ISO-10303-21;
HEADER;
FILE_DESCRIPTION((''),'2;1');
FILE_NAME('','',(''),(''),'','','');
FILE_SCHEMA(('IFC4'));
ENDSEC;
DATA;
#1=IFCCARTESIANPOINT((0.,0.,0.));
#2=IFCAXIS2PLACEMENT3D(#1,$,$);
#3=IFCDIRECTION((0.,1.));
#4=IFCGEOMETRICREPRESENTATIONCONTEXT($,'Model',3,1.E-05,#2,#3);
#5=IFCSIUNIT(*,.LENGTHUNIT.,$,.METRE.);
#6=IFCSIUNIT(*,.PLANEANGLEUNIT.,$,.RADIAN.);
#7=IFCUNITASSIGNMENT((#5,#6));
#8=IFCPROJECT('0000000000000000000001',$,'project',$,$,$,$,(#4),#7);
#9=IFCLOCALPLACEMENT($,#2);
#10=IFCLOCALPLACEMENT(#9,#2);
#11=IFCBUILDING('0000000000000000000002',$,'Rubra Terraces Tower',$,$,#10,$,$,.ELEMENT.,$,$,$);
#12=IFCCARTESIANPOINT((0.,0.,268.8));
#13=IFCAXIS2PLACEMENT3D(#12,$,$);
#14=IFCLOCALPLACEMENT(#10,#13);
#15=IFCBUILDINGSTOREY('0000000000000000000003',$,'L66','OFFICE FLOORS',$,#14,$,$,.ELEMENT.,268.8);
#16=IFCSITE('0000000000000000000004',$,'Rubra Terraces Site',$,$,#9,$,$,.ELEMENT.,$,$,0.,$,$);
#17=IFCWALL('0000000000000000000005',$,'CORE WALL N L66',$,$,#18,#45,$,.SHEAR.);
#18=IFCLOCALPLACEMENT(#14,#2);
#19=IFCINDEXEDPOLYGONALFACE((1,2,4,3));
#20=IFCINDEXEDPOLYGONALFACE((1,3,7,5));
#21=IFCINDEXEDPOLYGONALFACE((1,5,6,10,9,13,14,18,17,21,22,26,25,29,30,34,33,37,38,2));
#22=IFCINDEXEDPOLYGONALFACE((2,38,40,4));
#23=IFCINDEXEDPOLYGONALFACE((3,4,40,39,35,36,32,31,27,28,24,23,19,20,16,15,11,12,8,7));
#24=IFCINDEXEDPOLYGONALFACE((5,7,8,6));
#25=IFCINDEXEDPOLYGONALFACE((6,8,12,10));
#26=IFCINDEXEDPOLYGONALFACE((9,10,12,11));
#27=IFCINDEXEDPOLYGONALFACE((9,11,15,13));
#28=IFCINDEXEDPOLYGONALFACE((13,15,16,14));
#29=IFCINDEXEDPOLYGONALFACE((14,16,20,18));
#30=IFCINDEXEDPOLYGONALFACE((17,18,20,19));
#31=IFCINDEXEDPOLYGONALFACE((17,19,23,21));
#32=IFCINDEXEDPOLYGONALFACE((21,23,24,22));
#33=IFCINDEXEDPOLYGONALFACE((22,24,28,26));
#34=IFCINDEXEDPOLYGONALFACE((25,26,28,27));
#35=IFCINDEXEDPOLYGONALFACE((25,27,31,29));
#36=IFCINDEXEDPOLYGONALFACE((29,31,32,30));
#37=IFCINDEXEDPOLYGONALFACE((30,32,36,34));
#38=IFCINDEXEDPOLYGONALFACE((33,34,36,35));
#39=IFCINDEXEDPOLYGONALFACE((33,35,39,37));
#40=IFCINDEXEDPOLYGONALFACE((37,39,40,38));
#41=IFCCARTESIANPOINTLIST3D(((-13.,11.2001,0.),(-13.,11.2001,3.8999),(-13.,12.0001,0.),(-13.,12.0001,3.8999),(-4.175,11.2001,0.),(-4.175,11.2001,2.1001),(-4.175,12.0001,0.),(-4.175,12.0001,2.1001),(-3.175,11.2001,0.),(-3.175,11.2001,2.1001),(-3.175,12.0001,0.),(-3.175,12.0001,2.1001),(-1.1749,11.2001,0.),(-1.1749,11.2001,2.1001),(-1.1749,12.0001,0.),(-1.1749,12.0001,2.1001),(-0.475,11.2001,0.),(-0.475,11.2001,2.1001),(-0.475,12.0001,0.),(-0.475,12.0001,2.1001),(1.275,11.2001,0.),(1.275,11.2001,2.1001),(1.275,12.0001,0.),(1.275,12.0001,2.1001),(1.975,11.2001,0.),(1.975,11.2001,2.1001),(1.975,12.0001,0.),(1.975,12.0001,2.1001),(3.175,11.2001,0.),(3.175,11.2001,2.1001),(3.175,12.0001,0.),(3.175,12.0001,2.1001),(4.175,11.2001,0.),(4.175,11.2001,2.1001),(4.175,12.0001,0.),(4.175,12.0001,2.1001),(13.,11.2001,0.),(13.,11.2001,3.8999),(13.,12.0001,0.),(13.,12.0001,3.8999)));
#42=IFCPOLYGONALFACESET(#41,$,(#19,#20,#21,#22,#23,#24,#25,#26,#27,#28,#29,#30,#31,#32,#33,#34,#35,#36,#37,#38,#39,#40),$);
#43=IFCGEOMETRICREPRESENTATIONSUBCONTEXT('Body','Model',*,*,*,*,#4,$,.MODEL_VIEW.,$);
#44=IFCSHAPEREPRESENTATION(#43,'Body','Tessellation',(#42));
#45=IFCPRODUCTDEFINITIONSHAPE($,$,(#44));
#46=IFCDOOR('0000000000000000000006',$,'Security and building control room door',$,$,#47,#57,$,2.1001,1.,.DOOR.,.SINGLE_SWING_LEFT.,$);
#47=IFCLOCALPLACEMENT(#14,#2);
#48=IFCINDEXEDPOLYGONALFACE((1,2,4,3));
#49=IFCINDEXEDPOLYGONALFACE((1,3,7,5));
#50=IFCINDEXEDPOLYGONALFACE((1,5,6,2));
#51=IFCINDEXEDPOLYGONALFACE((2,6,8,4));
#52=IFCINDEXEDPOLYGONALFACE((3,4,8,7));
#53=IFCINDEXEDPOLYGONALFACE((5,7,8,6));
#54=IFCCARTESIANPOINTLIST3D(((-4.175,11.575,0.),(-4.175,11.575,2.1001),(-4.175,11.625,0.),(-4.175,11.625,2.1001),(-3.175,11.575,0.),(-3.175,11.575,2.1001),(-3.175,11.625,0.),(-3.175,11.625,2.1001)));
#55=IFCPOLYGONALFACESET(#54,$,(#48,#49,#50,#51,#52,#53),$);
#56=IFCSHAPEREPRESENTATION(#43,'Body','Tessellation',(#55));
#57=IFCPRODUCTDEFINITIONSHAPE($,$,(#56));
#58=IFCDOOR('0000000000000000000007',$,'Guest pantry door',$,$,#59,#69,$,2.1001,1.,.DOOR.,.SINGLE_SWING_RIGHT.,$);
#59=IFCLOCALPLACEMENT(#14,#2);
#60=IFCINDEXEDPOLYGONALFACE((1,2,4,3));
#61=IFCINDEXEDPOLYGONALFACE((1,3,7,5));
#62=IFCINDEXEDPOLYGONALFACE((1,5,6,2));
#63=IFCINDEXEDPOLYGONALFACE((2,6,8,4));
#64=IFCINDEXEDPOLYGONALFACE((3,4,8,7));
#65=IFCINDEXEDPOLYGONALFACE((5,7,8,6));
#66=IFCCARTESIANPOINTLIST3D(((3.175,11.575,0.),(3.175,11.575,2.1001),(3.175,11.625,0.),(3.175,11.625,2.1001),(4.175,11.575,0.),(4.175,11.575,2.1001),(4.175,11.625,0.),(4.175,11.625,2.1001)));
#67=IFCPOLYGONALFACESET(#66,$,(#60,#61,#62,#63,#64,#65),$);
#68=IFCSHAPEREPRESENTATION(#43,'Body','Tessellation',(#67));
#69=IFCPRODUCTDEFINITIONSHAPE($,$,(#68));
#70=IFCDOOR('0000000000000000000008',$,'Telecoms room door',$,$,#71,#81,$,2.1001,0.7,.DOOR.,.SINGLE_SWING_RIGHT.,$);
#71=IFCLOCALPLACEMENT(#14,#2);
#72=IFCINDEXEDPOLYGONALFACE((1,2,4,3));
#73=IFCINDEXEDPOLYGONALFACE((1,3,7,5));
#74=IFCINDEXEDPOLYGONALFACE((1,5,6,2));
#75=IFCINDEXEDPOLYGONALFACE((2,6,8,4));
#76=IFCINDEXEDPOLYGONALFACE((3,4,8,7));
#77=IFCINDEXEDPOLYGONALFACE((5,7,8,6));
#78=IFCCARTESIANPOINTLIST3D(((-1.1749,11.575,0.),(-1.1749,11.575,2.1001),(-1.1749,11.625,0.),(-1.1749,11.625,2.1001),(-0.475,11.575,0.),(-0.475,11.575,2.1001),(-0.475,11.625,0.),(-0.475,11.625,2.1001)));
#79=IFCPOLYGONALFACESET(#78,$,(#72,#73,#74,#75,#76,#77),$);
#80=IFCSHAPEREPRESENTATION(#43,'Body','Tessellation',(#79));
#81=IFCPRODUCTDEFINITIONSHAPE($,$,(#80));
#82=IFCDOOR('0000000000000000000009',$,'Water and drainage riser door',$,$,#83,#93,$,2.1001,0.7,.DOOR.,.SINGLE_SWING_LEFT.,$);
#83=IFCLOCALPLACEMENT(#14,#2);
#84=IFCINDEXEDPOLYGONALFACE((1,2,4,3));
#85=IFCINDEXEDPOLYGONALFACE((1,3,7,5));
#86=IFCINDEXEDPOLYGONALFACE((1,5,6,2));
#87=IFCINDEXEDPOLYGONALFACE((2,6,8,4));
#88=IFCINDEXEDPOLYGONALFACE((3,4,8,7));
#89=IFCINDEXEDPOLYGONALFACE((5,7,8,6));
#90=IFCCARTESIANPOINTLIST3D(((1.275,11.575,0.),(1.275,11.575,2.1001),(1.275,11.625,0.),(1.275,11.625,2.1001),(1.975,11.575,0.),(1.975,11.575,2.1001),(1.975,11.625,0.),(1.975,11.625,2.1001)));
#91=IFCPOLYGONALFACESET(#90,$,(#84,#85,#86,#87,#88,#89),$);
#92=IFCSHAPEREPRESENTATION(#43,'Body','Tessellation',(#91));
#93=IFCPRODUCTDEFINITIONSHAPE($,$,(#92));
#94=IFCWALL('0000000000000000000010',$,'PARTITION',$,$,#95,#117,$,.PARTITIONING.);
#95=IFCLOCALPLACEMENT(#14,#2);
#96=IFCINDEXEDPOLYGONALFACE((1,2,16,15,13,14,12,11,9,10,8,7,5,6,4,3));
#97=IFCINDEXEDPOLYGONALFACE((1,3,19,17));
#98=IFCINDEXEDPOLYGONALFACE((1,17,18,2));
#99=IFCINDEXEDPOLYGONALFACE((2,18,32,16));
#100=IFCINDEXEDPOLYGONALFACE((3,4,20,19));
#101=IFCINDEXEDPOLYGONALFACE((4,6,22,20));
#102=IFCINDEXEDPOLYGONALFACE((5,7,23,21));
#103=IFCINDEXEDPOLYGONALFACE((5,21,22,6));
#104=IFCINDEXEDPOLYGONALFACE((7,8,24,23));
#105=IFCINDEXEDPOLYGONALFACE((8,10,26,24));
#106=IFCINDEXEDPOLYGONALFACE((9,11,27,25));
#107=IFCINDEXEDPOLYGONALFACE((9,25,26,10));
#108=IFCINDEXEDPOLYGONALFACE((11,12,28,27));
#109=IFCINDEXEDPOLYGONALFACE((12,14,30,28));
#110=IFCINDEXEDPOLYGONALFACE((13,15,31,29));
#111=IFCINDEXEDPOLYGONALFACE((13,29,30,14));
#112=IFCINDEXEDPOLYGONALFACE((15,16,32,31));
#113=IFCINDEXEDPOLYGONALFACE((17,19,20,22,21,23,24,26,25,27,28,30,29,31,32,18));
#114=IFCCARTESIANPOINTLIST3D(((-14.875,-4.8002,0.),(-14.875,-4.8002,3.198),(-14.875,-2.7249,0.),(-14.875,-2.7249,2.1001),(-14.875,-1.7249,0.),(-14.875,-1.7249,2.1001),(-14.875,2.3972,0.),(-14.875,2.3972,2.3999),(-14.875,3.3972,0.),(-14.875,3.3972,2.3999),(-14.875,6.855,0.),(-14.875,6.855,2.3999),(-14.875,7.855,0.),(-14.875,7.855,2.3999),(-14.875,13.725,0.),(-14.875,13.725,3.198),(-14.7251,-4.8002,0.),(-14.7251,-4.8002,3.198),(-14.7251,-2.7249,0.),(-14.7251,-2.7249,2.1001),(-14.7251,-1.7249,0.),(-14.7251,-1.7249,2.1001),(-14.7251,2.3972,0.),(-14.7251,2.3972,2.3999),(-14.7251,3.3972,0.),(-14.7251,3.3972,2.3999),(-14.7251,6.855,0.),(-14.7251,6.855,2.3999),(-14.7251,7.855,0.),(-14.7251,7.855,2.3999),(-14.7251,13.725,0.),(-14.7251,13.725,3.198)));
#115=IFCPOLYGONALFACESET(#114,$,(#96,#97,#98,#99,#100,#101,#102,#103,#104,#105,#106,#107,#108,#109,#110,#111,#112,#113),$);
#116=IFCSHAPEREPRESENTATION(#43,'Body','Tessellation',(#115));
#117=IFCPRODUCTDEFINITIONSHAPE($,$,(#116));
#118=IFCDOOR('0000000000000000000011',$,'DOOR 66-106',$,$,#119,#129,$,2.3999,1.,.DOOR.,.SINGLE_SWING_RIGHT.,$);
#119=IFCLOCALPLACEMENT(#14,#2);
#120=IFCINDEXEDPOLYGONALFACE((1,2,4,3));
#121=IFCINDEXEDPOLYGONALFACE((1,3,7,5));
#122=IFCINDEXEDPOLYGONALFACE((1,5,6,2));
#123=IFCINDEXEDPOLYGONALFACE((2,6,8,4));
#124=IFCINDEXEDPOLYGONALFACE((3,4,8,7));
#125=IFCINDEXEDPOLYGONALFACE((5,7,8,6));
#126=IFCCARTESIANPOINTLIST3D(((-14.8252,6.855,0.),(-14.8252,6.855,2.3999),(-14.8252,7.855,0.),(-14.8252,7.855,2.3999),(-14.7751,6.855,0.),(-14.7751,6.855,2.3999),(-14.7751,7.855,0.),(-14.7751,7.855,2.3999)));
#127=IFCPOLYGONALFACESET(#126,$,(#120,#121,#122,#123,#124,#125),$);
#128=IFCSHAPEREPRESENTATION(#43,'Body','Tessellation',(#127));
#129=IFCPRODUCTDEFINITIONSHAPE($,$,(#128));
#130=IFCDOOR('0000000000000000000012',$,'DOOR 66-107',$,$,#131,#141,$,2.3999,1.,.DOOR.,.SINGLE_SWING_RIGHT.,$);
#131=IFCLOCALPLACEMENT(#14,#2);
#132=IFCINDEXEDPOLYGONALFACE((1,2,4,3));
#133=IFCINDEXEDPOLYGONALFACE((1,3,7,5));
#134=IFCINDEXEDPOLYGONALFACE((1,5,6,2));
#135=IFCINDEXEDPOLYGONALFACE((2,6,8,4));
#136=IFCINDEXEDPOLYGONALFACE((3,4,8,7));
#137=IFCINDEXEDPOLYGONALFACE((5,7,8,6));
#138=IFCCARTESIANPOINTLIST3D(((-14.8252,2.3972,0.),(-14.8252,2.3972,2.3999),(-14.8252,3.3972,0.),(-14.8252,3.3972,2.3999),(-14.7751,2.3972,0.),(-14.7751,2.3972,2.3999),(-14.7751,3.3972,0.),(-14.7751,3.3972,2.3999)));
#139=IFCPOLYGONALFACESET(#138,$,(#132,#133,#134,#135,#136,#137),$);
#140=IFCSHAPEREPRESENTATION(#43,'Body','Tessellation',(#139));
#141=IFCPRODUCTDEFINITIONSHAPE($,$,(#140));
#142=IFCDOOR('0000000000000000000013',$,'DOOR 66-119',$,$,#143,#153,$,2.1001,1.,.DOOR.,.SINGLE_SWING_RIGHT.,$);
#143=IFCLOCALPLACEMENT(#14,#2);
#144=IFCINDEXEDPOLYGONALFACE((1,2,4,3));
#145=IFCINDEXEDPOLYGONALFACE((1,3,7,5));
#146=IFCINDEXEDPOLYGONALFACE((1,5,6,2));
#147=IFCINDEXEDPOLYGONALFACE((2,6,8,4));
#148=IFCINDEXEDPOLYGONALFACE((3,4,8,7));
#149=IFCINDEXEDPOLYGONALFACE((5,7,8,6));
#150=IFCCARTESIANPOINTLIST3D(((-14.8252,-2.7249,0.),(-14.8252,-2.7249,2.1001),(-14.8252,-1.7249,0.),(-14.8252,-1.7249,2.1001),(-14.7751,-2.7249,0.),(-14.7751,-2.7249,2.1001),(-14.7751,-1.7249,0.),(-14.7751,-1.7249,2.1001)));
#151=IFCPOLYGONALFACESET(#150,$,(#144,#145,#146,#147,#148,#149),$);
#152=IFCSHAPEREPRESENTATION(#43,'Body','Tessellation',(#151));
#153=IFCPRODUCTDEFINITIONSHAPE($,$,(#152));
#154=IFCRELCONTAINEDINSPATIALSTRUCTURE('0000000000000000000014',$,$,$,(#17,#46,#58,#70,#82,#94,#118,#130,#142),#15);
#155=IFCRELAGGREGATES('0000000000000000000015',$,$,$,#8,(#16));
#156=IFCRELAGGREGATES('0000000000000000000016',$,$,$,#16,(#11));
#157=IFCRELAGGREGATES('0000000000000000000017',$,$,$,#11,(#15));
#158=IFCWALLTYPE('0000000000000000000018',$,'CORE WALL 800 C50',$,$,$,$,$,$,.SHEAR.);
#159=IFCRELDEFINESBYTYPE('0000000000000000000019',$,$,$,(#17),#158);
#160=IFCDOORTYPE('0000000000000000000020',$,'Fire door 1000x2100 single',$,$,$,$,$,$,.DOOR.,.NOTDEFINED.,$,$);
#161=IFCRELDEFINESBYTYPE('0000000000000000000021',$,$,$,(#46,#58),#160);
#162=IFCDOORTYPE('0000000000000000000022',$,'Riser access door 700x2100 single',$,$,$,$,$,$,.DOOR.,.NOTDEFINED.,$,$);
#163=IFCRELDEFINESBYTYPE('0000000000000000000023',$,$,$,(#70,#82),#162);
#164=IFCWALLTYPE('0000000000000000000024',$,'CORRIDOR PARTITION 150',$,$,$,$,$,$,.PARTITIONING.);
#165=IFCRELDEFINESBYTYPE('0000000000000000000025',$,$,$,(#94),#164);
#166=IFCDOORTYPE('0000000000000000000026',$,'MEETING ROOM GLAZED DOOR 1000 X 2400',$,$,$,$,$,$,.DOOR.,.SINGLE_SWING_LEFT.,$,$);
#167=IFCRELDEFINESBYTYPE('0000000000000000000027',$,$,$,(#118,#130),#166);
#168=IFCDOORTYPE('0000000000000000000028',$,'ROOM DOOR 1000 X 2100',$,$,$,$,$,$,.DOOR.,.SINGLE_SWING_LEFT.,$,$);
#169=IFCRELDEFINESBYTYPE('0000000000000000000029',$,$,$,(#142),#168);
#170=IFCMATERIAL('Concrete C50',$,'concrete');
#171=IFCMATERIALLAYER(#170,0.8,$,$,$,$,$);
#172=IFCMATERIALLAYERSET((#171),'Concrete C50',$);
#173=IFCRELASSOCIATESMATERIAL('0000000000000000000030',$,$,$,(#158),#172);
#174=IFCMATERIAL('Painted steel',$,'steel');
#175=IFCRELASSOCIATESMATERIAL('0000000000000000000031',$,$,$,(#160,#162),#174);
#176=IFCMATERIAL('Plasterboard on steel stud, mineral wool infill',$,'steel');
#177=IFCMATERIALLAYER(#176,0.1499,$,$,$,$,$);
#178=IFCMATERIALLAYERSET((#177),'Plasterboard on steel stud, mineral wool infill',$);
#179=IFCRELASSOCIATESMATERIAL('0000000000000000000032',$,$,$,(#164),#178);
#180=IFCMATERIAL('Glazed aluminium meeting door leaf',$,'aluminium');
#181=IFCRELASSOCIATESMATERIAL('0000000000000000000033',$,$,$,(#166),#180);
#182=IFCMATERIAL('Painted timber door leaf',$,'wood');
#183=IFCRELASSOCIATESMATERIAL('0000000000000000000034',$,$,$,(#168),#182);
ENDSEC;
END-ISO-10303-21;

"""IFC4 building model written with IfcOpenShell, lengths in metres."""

from ifc_helpers import new_model, si_unit, direction, frame, frame_2d, origin, place, context, subcontext, project, spatial, rectangle, extrude, material, layer, layer_set, type_object, element, fill, save


model = new_model("IFC4")

# Units and contexts
model_context = context("Model", 3, precision=1e-05, world=origin(), true_north=direction((0.0, 1.0)))
body_context = subcontext(model_context, "Body", "Model", "MODEL_VIEW")
ifc_project = project(units=[si_unit("LENGTHUNIT", "METRE"), si_unit("PLANEANGLEUNIT", "RADIAN")], contexts=[model_context])

# Site, building, storey
site_placement = place(None, origin())
site = spatial("IfcSite", under=ifc_project, at=site_placement, Name="Rubra Terraces Site", CompositionType="ELEMENT", RefElevation=0.0)
building_placement = place(site_placement, origin())
building = spatial("IfcBuilding", under=site, at=building_placement, Name="Rubra Terraces Tower", CompositionType="ELEMENT")
storey_placement = place(building_placement, frame((0.0, 0.0, 268.8)))
storey = spatial("IfcBuildingStorey", under=building, at=storey_placement, Name="L66", Description="OFFICE FLOORS", CompositionType="ELEMENT", Elevation=268.8)

# Shared definitions
ifc_material_1 = material(Name="Concrete C50", Category="concrete")

# Walls, openings, doors
ifc_layer_1 = layer(ifc_material_1, 0.8)
ifc_layer_set_1 = layer_set([ifc_layer_1], Name="Concrete C50")
wall_type_1 = type_object("IfcWallType", Name="CORE WALL 800 C50", PredefinedType="SHEAR", material=ifc_layer_set_1)
wall_1_placement = place(storey_placement, frame((-13.0, 11.6001, 0.0), z_axis=(0.0, 0.0, 1.0), x_axis=(1.0, 0.0, 0.0)))
wall_1 = element("IfcWall", 1, at=wall_1_placement, inside=storey, type_object=wall_type_1, Name="CORE WALL N L66", PredefinedType="SHEAR", context=body_context, shape_type="SweptSolid", body=[
    extrude(rectangle(XDim=26.0, YDim=0.8, at=frame_2d((13.0, 0.0))), origin(), (0.0, 0.0, 1.0), 3.8999),
])
opening_1_placement = place(wall_1_placement, frame((8.825, 0.0, 0.0)))
opening_1 = element("IfcOpeningElement", 2, at=opening_1_placement, cuts=wall_1, PredefinedType="OPENING", context=body_context, shape_type="SweptSolid", body=[
    extrude(rectangle(XDim=1.0, YDim=2.1001, at=frame_2d((0.5, 1.05))), frame((0.0, 0.4099, 0.0), z_axis=(0.0, -1.0, 0.0), x_axis=(1.0, 0.0, 0.0)), (0.0, 0.0, 1.0), 0.8201),
])
opening_2_placement = place(wall_1_placement, frame((11.825, 0.0, 0.0)))
opening_2 = element("IfcOpeningElement", 3, at=opening_2_placement, cuts=wall_1, PredefinedType="OPENING", context=body_context, shape_type="SweptSolid", body=[
    extrude(rectangle(XDim=0.7, YDim=2.1001, at=frame_2d((0.3501, 1.05))), frame((0.0, 0.4099, 0.0), z_axis=(0.0, -1.0, 0.0), x_axis=(1.0, 0.0, 0.0)), (0.0, 0.0, 1.0), 0.8201),
])
opening_3_placement = place(wall_1_placement, frame((14.2749, 0.0, 0.0)))
opening_3 = element("IfcOpeningElement", 4, at=opening_3_placement, cuts=wall_1, PredefinedType="OPENING", context=body_context, shape_type="SweptSolid", body=[
    extrude(rectangle(XDim=0.7, YDim=2.1001, at=frame_2d((0.3501, 1.05))), frame((0.0, 0.4099, 0.0), z_axis=(0.0, -1.0, 0.0), x_axis=(1.0, 0.0, 0.0)), (0.0, 0.0, 1.0), 0.8201),
])
opening_4_placement = place(wall_1_placement, frame((16.175, 0.0, 0.0)))
opening_4 = element("IfcOpeningElement", 5, at=opening_4_placement, cuts=wall_1, PredefinedType="OPENING", context=body_context, shape_type="SweptSolid", body=[
    extrude(rectangle(XDim=1.0, YDim=2.1001, at=frame_2d((0.5, 1.05))), frame((0.0, 0.4099, 0.0), z_axis=(0.0, -1.0, 0.0), x_axis=(1.0, 0.0, 0.0)), (0.0, 0.0, 1.0), 0.8201),
])
ifc_material_2 = material(Name="Painted steel", Category="steel")
door_type_1 = type_object("IfcDoorType", Name="Fire door 1000x2100 single", OperationType="NOTDEFINED", PredefinedType="DOOR", material=ifc_material_2)
door_1_placement = place(opening_1_placement, origin())
door_1 = element("IfcDoor", 6, at=door_1_placement, inside=storey, type_object=door_type_1, Name="Security and building control room door", OperationType="SINGLE_SWING_LEFT", OverallHeight=2.1001, OverallWidth=1.0, PredefinedType="DOOR", context=body_context, shape_type="SweptSolid", body=[
    extrude(rectangle(XDim=1.0, YDim=2.1001, at=frame_2d((0.5, 1.05))), frame((0.0, 0.0249, 0.0), z_axis=(0.0, -1.0, 0.0), x_axis=(1.0, 0.0, 0.0)), (0.0, 0.0, 1.0), 0.05),
])
fill(opening_1, door_1)
door_2_placement = place(opening_4_placement, origin())
door_2 = element("IfcDoor", 7, at=door_2_placement, inside=storey, type_object=door_type_1, Name="Guest pantry door", OperationType="SINGLE_SWING_RIGHT", OverallHeight=2.1001, OverallWidth=1.0, PredefinedType="DOOR", context=body_context, shape_type="SweptSolid", body=[
    extrude(rectangle(XDim=1.0, YDim=2.1001, at=frame_2d((0.5, 1.05))), frame((0.0, 0.0249, 0.0), z_axis=(0.0, -1.0, 0.0), x_axis=(1.0, 0.0, 0.0)), (0.0, 0.0, 1.0), 0.05),
])
fill(opening_4, door_2)
door_type_2 = type_object("IfcDoorType", Name="Riser access door 700x2100 single", OperationType="NOTDEFINED", PredefinedType="DOOR", material=ifc_material_2)
door_3_placement = place(opening_2_placement, origin())
door_3 = element("IfcDoor", 8, at=door_3_placement, inside=storey, type_object=door_type_2, Name="Telecoms room door", OperationType="SINGLE_SWING_RIGHT", OverallHeight=2.1001, OverallWidth=0.7, PredefinedType="DOOR", context=body_context, shape_type="SweptSolid", body=[
    extrude(rectangle(XDim=0.7, YDim=2.1001, at=frame_2d((0.3501, 1.05))), frame((0.0, 0.0249, 0.0), z_axis=(0.0, -1.0, 0.0), x_axis=(1.0, 0.0, 0.0)), (0.0, 0.0, 1.0), 0.05),
])
fill(opening_2, door_3)
door_4_placement = place(opening_3_placement, origin())
door_4 = element("IfcDoor", 9, at=door_4_placement, inside=storey, type_object=door_type_2, Name="Water and drainage riser door", OperationType="SINGLE_SWING_LEFT", OverallHeight=2.1001, OverallWidth=0.7, PredefinedType="DOOR", context=body_context, shape_type="SweptSolid", body=[
    extrude(rectangle(XDim=0.7, YDim=2.1001, at=frame_2d((0.3501, 1.05))), frame((0.0, 0.0249, 0.0), z_axis=(0.0, -1.0, 0.0), x_axis=(1.0, 0.0, 0.0)), (0.0, 0.0, 1.0), 0.05),
])
fill(opening_3, door_4)
ifc_material_3 = material(Name="Plasterboard on steel stud, mineral wool infill", Category="steel")
ifc_layer_2 = layer(ifc_material_3, 0.1499)
ifc_layer_set_2 = layer_set([ifc_layer_2], Name="Plasterboard on steel stud, mineral wool infill")
wall_type_2 = type_object("IfcWallType", Name="CORRIDOR PARTITION 150", PredefinedType="PARTITIONING", material=ifc_layer_set_2)
wall_2_placement = place(storey_placement, frame((-14.8, 13.7251, 0.0), z_axis=(0.0, 0.0, 1.0), x_axis=(0.0, -1.0, 0.0)))
wall_2 = element("IfcWall", 10, at=wall_2_placement, inside=storey, type_object=wall_type_2, Name="PARTITION", PredefinedType="PARTITIONING", context=body_context, shape_type="SweptSolid", body=[
    extrude(rectangle(XDim=18.5251, YDim=0.1499, at=frame_2d((9.2627, 0.0))), origin(), (0.0, 0.0, 1.0), 3.198),
])
opening_5_placement = place(wall_2_placement, frame((5.8701, 0.0, 0.0)))
opening_5 = element("IfcOpeningElement", 11, at=opening_5_placement, cuts=wall_2, PredefinedType="OPENING", context=body_context, shape_type="SweptSolid", body=[
    extrude(rectangle(XDim=1.0, YDim=2.3999, at=frame_2d((0.5, 1.2))), frame((0.0, 0.085, 0.0), z_axis=(0.0, -1.0, 0.0), x_axis=(1.0, 0.0, 0.0)), (0.0, 0.0, 1.0), 0.1699),
])
opening_6_placement = place(wall_2_placement, frame((10.3279, 0.0, 0.0)))
opening_6 = element("IfcOpeningElement", 12, at=opening_6_placement, cuts=wall_2, PredefinedType="OPENING", context=body_context, shape_type="SweptSolid", body=[
    extrude(rectangle(XDim=1.0, YDim=2.3999, at=frame_2d((0.5, 1.2))), frame((0.0, 0.085, 0.0), z_axis=(0.0, -1.0, 0.0), x_axis=(1.0, 0.0, 0.0)), (0.0, 0.0, 1.0), 0.1699),
])
opening_7_placement = place(wall_2_placement, frame((15.45, 0.0, 0.0)))
opening_7 = element("IfcOpeningElement", 13, at=opening_7_placement, cuts=wall_2, PredefinedType="OPENING", context=body_context, shape_type="SweptSolid", body=[
    extrude(rectangle(XDim=1.0, YDim=2.1001, at=frame_2d((0.5, 1.05))), frame((0.0, 0.085, 0.0), z_axis=(0.0, -1.0, 0.0), x_axis=(1.0, 0.0, 0.0)), (0.0, 0.0, 1.0), 0.1699),
])
ifc_material_4 = material(Name="Glazed aluminium meeting door leaf", Category="aluminium")
door_type_3 = type_object("IfcDoorType", Name="MEETING ROOM GLAZED DOOR 1000 X 2400", OperationType="SINGLE_SWING_LEFT", PredefinedType="DOOR", material=ifc_material_4)
door_5_placement = place(opening_5_placement, origin())
door_5 = element("IfcDoor", 14, at=door_5_placement, inside=storey, type_object=door_type_3, Name="DOOR 66-106", OperationType="SINGLE_SWING_RIGHT", OverallHeight=2.3999, OverallWidth=1.0, PredefinedType="DOOR", context=body_context, shape_type="SweptSolid", body=[
    extrude(rectangle(XDim=1.0, YDim=2.3999, at=frame_2d((0.5, 1.2))), frame((0.0, 0.0249, 0.0), z_axis=(0.0, -1.0, 0.0), x_axis=(1.0, 0.0, 0.0)), (0.0, 0.0, 1.0), 0.05),
])
fill(opening_5, door_5)
door_6_placement = place(opening_6_placement, origin())
door_6 = element("IfcDoor", 15, at=door_6_placement, inside=storey, type_object=door_type_3, Name="DOOR 66-107", OperationType="SINGLE_SWING_RIGHT", OverallHeight=2.3999, OverallWidth=1.0, PredefinedType="DOOR", context=body_context, shape_type="SweptSolid", body=[
    extrude(rectangle(XDim=1.0, YDim=2.3999, at=frame_2d((0.5, 1.2))), frame((0.0, 0.0249, 0.0), z_axis=(0.0, -1.0, 0.0), x_axis=(1.0, 0.0, 0.0)), (0.0, 0.0, 1.0), 0.05),
])
fill(opening_6, door_6)
ifc_material_5 = material(Name="Painted timber door leaf", Category="wood")
door_type_4 = type_object("IfcDoorType", Name="ROOM DOOR 1000 X 2100", OperationType="SINGLE_SWING_LEFT", PredefinedType="DOOR", material=ifc_material_5)
door_7_placement = place(opening_7_placement, origin())
door_7 = element("IfcDoor", 16, at=door_7_placement, inside=storey, type_object=door_type_4, Name="DOOR 66-119", OperationType="SINGLE_SWING_RIGHT", OverallHeight=2.1001, OverallWidth=1.0, PredefinedType="DOOR", context=body_context, shape_type="SweptSolid", body=[
    extrude(rectangle(XDim=1.0, YDim=2.1001, at=frame_2d((0.5, 1.05))), frame((0.0, 0.0249, 0.0), z_axis=(0.0, -1.0, 0.0), x_axis=(1.0, 0.0, 0.0)), (0.0, 0.0, 1.0), 0.05),
])
fill(opening_7, door_7)

save(model, "model.ifc")
